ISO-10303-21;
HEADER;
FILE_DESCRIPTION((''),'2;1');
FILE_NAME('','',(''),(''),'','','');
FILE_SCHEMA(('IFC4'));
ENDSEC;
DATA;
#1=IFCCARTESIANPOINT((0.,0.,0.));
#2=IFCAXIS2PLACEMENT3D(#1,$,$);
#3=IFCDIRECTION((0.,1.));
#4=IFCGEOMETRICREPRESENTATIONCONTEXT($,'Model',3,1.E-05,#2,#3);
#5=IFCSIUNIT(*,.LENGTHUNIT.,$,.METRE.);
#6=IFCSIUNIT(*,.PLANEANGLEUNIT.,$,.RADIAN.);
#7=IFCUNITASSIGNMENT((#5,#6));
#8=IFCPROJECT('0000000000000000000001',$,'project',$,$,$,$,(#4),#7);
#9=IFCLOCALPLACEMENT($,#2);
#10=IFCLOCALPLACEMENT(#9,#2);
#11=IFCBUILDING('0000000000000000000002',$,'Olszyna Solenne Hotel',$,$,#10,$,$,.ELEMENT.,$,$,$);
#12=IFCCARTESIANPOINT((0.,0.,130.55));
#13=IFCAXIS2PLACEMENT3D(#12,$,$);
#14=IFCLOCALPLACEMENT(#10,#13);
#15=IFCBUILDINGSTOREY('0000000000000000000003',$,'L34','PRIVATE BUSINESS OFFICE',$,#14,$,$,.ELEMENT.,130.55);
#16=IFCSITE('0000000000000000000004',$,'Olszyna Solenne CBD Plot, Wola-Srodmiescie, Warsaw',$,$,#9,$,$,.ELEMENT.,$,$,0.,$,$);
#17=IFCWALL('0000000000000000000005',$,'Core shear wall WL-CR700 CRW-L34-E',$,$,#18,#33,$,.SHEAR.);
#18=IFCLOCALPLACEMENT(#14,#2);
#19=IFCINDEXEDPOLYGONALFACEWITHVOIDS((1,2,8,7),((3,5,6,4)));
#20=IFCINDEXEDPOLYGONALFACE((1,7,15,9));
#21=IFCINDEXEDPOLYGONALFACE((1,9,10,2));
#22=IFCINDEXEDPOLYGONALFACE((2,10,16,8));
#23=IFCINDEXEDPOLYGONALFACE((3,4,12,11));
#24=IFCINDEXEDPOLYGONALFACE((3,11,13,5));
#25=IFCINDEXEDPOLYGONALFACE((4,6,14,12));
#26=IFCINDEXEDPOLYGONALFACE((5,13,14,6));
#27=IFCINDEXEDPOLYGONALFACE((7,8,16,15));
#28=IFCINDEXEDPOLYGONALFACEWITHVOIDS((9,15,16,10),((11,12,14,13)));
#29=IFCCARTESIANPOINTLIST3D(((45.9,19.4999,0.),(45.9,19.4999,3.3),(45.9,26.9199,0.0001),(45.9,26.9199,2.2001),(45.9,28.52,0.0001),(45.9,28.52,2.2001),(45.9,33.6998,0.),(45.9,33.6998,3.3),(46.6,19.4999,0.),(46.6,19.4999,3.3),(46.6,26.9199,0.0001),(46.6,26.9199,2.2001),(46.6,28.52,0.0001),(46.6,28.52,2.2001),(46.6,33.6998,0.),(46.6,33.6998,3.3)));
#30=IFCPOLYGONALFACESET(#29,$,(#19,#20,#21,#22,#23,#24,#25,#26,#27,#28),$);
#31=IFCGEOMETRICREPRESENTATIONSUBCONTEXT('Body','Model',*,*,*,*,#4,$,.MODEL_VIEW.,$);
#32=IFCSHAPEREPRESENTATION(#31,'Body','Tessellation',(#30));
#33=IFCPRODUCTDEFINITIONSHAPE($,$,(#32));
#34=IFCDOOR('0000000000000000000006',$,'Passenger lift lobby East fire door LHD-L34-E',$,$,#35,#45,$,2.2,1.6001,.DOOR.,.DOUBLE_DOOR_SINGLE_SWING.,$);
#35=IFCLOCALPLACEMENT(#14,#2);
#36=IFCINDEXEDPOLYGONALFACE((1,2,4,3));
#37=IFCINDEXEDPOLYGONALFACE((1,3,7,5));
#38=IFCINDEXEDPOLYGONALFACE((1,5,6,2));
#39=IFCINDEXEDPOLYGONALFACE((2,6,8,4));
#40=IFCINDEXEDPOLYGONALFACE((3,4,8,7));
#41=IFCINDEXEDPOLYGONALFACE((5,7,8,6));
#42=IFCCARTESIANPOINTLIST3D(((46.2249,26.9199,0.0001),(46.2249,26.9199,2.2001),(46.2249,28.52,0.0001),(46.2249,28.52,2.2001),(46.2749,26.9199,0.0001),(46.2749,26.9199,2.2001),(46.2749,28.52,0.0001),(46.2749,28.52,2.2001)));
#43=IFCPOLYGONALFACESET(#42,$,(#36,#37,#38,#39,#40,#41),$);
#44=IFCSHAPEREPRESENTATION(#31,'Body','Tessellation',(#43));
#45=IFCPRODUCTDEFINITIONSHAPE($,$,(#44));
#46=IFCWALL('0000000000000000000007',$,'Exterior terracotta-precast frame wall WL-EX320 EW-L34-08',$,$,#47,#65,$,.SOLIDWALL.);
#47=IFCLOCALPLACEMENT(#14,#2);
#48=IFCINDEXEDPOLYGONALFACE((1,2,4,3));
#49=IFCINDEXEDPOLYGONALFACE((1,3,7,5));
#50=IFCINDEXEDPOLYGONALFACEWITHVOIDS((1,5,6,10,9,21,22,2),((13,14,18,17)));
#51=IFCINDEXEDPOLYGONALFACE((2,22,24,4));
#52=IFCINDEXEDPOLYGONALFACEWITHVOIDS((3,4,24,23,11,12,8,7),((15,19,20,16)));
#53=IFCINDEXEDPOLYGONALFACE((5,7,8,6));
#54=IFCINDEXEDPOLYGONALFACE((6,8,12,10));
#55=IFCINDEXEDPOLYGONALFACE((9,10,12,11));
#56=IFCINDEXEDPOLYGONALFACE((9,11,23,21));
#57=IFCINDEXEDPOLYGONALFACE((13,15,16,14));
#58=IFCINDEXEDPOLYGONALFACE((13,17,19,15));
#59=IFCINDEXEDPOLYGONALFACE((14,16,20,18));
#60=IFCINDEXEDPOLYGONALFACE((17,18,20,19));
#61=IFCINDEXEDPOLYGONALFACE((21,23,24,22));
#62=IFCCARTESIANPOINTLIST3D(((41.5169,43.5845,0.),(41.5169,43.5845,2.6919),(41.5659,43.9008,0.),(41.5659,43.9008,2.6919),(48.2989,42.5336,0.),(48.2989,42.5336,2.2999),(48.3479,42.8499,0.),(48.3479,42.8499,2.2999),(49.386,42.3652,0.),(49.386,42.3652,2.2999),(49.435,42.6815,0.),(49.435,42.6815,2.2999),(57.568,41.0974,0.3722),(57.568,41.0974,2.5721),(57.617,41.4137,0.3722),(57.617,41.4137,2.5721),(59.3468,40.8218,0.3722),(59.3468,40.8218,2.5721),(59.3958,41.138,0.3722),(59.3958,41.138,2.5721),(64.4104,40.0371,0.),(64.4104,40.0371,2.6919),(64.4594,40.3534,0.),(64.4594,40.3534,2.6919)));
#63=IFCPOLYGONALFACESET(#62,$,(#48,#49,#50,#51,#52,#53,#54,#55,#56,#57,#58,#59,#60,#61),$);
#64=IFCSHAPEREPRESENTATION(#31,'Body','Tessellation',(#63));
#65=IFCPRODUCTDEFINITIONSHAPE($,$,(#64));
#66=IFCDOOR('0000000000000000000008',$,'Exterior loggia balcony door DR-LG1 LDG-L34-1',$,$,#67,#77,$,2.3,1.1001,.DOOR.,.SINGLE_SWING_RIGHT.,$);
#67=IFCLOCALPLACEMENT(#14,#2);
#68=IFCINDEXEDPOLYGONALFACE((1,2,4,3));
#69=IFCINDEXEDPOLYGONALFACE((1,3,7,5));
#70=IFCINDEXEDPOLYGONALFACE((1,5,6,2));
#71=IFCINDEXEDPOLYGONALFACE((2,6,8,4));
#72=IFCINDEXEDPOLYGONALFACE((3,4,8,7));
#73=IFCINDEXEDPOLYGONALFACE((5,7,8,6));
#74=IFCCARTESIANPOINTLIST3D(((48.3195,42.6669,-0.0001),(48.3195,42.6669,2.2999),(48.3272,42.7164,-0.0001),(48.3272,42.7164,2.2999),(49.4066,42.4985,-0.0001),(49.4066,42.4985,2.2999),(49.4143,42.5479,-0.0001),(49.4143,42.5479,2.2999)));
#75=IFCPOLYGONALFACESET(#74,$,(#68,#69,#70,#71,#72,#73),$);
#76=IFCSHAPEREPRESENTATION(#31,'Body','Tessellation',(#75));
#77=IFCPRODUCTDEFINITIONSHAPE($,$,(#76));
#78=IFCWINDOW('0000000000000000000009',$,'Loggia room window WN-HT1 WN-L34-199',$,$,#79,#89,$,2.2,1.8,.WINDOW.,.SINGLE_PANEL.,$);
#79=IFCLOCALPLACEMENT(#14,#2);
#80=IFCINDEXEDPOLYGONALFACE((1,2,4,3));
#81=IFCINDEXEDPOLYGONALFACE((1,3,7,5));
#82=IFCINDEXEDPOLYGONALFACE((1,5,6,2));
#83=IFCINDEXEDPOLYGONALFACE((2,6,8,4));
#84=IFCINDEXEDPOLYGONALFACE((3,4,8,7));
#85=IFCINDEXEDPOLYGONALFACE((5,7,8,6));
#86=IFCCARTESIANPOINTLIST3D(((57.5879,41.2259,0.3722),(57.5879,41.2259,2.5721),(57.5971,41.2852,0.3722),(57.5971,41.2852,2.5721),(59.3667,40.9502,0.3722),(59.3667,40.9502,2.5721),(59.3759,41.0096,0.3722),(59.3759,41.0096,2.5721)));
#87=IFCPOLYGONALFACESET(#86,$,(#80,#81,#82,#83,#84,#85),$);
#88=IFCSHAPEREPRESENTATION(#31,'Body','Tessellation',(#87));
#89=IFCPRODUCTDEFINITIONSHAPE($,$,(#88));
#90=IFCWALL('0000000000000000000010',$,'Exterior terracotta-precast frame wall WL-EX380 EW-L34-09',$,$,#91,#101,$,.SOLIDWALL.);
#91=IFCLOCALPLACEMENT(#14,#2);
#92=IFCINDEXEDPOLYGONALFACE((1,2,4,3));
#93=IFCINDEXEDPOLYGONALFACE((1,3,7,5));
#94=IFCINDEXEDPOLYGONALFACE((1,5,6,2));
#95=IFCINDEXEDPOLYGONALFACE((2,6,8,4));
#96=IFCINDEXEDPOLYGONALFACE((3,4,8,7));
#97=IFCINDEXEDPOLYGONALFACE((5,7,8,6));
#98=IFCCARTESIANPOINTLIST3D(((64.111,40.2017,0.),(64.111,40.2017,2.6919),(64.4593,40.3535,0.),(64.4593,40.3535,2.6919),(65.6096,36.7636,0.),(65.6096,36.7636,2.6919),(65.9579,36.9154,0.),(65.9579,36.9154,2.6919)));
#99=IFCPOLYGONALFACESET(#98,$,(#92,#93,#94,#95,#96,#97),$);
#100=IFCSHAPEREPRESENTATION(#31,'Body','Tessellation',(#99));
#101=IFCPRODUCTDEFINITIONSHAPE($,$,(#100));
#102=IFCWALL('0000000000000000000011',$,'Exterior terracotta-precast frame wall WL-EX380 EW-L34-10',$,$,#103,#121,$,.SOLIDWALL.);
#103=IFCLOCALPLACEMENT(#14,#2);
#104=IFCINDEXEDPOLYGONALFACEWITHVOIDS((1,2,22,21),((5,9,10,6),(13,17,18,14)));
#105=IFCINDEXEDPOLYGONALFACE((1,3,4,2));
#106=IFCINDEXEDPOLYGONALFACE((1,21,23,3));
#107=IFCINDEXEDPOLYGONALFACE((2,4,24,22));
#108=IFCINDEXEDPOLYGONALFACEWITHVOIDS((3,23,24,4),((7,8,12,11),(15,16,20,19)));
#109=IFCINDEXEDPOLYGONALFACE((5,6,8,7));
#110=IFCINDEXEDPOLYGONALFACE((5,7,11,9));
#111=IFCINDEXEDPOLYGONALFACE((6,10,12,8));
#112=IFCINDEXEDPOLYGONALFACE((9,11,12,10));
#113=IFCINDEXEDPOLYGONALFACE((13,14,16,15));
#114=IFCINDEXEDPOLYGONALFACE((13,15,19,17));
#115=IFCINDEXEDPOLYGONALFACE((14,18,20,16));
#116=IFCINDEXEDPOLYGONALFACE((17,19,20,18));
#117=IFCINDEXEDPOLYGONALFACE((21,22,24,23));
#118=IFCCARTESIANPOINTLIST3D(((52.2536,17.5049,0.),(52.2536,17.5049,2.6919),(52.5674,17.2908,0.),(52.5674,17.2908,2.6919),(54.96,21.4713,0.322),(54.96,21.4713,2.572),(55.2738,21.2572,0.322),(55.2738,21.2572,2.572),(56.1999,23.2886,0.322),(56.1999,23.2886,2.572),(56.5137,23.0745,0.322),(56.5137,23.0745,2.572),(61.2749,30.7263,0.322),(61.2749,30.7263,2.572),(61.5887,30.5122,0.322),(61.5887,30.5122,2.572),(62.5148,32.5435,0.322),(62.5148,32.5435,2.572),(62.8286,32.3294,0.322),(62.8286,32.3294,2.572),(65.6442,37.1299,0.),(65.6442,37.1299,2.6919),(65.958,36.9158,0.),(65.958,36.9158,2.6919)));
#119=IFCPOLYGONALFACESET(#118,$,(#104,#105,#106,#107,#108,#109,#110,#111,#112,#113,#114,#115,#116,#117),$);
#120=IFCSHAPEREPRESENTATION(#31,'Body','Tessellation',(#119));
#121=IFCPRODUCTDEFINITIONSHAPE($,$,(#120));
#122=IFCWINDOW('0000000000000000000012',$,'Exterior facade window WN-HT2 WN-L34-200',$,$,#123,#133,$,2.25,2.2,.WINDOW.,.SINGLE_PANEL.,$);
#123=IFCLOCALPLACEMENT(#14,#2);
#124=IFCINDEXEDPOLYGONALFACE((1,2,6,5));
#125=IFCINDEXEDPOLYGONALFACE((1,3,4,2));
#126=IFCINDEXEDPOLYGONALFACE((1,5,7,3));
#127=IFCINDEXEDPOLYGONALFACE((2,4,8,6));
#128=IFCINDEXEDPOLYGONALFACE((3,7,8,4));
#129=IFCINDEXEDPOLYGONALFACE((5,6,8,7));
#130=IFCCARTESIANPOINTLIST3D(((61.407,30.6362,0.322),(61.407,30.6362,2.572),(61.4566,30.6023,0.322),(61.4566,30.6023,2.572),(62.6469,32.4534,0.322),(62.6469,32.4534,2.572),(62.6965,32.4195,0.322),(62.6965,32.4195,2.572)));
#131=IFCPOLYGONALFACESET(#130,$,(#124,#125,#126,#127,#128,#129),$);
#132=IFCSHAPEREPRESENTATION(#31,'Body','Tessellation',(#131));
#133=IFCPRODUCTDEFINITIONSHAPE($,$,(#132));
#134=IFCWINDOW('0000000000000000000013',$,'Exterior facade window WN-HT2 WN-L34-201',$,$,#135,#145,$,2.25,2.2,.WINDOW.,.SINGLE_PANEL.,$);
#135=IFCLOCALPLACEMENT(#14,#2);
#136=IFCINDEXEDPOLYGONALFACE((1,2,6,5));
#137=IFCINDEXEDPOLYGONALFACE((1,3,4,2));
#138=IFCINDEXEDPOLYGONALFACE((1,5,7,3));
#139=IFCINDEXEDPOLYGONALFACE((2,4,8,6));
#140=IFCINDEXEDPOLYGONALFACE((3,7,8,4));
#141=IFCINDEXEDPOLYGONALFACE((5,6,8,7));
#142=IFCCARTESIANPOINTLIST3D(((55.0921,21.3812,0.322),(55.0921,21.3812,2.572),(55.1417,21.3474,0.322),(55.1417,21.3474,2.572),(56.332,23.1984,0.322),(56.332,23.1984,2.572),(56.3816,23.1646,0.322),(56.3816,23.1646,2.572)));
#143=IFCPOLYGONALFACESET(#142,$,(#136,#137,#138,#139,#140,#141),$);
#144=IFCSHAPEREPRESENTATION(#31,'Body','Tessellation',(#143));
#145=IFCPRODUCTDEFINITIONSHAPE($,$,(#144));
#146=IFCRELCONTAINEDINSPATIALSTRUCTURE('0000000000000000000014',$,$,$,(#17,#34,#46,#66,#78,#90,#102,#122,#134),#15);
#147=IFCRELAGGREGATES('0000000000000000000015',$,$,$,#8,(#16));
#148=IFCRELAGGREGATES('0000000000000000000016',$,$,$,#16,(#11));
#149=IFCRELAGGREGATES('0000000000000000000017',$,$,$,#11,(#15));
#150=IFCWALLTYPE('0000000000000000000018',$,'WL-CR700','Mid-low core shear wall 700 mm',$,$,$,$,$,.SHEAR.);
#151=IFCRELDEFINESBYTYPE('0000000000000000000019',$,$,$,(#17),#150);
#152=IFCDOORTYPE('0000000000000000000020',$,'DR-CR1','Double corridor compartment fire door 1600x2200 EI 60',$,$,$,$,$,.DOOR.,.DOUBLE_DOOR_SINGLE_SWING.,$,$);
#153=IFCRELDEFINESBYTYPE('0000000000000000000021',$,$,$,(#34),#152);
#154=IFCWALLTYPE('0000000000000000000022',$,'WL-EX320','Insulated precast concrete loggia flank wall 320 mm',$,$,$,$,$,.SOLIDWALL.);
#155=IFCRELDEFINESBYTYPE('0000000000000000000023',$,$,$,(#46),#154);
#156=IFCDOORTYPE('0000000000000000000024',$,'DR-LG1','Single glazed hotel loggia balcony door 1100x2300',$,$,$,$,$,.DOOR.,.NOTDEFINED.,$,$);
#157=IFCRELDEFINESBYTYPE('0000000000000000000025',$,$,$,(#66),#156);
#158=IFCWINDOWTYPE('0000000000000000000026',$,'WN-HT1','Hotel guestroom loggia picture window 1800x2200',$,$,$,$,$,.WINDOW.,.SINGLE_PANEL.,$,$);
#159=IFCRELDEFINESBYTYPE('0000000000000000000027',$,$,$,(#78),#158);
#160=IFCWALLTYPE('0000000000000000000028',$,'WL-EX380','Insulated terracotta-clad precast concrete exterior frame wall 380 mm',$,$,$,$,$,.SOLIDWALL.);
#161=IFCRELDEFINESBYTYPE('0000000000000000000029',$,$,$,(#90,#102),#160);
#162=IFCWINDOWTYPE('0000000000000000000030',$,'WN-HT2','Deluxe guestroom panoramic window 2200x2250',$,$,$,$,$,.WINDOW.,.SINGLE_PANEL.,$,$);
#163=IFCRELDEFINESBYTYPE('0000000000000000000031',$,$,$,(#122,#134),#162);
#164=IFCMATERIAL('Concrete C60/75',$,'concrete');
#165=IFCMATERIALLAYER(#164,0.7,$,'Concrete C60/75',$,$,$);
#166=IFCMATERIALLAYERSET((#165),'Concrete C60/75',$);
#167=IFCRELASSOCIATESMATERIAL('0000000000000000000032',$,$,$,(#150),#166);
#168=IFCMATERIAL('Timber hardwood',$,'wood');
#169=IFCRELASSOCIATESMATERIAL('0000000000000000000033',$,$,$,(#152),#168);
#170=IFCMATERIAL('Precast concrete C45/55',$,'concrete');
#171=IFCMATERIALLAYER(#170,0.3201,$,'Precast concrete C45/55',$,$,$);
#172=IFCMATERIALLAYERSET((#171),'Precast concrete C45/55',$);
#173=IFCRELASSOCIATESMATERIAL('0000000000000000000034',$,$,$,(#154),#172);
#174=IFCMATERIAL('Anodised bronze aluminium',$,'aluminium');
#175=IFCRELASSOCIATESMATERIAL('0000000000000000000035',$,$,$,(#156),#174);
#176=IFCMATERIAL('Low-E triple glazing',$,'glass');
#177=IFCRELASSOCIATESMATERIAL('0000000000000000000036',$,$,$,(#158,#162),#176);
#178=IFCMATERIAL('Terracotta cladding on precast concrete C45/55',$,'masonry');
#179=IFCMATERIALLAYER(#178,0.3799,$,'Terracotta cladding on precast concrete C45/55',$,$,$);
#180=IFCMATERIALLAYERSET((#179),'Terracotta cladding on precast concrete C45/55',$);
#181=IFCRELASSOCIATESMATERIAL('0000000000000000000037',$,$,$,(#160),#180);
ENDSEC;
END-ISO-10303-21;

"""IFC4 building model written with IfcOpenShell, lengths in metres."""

from ifc_helpers import new_model, si_unit, direction, frame, frame_2d, origin, place, context, subcontext, project, spatial, rectangle, extrude, source, transform, mapped, material, layer, layer_set, type_object, type_shapes, element, fill, save


model = new_model("IFC4")

# Units and contexts
model_context = context("Model", 3, precision=1e-05, world=origin(), true_north=direction((0.0, 1.0)))
body_context = subcontext(model_context, "Body", "Model", "MODEL_VIEW")
ifc_project = project(units=[si_unit("LENGTHUNIT", "METRE"), si_unit("PLANEANGLEUNIT", "RADIAN")], contexts=[model_context])

# Site, building, storey
site_placement = place(None, origin())
site = spatial("IfcSite", under=ifc_project, at=site_placement, Name="Olszyna Solenne CBD Plot, Wola-Srodmiescie, Warsaw", CompositionType="ELEMENT", RefElevation=0.0)
building_placement = place(site_placement, origin())
building = spatial("IfcBuilding", under=site, at=building_placement, Name="Olszyna Solenne Hotel", CompositionType="ELEMENT")
storey_placement = place(building_placement, frame((0.0, 0.0, 130.55)))
storey = spatial("IfcBuildingStorey", under=building, at=storey_placement, Name="L34", Description="PRIVATE BUSINESS OFFICE", CompositionType="ELEMENT", Elevation=130.55)

# Shared definitions
ifc_material_1 = material(Name="Anodised bronze aluminium", Category="aluminium")

# Wall, opening, door
ifc_material_2 = material(Name="Concrete C60/75", Category="concrete")
ifc_layer_1 = layer(ifc_material_2, 0.7, Name="Concrete C60/75")
ifc_layer_set_1 = layer_set([ifc_layer_1], Name="Concrete C60/75")
wall_type_1 = type_object("IfcWallType", Name="WL-CR700", Description="Mid-low core shear wall 700 mm", PredefinedType="SHEAR", material=ifc_layer_set_1)
wall_1_placement = place(storey_placement, frame((46.25, 33.7, 0.0), z_axis=(0.0, 0.0, 1.0), x_axis=(0.0, -1.0, 0.0)))
wall_1 = element("IfcWall", 1, at=wall_1_placement, inside=storey, type_object=wall_type_1, Name="Core shear wall WL-CR700 CRW-L34-E", PredefinedType="SHEAR", context=body_context, shape_type="SweptSolid", body=[
    extrude(rectangle(XDim=14.2, YDim=0.7, at=frame_2d((7.1001, 0.0))), origin(), (0.0, 0.0, 1.0), 3.3),
])
opening_1_placement = place(wall_1_placement, frame((5.1799, 0.0, 0.0)))
opening_1 = element("IfcOpeningElement", 2, at=opening_1_placement, cuts=wall_1, PredefinedType="OPENING", context=body_context, shape_type="SweptSolid", body=[
    extrude(rectangle(XDim=1.6001, YDim=2.2, at=frame_2d((0.8, 1.1001))), frame((0.0, 0.3599, 0.0), z_axis=(0.0, -1.0, 0.0), x_axis=(1.0, 0.0, 0.0)), (0.0, 0.0, 1.0), 0.72),
])
ifc_material_3 = material(Name="Timber hardwood", Category="wood")
door_type_1 = type_object("IfcDoorType", Name="DR-CR1", Description="Double corridor compartment fire door 1600x2200 EI 60", OperationType="DOUBLE_DOOR_SINGLE_SWING", PredefinedType="DOOR", material=ifc_material_3)
shared_shape_1 = source(origin(), body_context, "Body", "SweptSolid", [
    extrude(rectangle(XDim=1.6001, YDim=2.2, at=frame_2d((0.8, 1.1001))), frame((0.0, 0.0249, 0.0), z_axis=(0.0, -1.0, 0.0), x_axis=(1.0, 0.0, 0.0)), (0.0, 0.0, 1.0), 0.05),
])
type_shapes(door_type_1, [shared_shape_1])
door_1_placement = place(opening_1_placement, origin())
door_1 = element("IfcDoor", 3, at=door_1_placement, inside=storey, type_object=door_type_1, Name="Passenger lift lobby East fire door LHD-L34-E", OperationType="DOUBLE_DOOR_SINGLE_SWING", OverallHeight=2.2, OverallWidth=1.6001, PredefinedType="DOOR", context=body_context, shape_type="MappedRepresentation", body=[
    mapped(shared_shape_1, transform((0.0, 0.0, 0.0), x_axis=(1.0, 0.0, 0.0), y_axis=(0.0, 1.0, 0.0), z_axis=(0.0, 0.0, 1.0), scale=1.0)),
])
fill(opening_1, door_1)

# Wall, openings, door, window
ifc_material_4 = material(Name="Precast concrete C45/55", Category="concrete")
ifc_layer_2 = layer(ifc_material_4, 0.3201, Name="Precast concrete C45/55")
ifc_layer_set_2 = layer_set([ifc_layer_2], Name="Precast concrete C45/55")
wall_type_2 = type_object("IfcWallType", Name="WL-EX320", Description="Insulated precast concrete loggia flank wall 320 mm", PredefinedType="SOLIDWALL", material=ifc_layer_set_2)
wall_2_placement = place(storey_placement, frame((41.5413, 43.7427, 0.0), z_axis=(0.0, 0.0, 1.0), x_axis=(0.988207, -0.153123, 0.0)))
wall_2 = element("IfcWall", 4, at=wall_2_placement, inside=storey, type_object=wall_type_2, Name="Exterior terracotta-precast frame wall WL-EX320 EW-L34-08", PredefinedType="SOLIDWALL", context=body_context, shape_type="SweptSolid", body=[
    extrude(rectangle(XDim=23.1667, YDim=0.3201, at=frame_2d((11.5835, 0.0))), origin(), (0.0, 0.0, 1.0), 2.6919),
])
opening_2_placement = place(wall_2_placement, frame((6.863, 0.0, 0.0)))
opening_2 = element("IfcOpeningElement", 5, at=opening_2_placement, cuts=wall_2, PredefinedType="OPENING", context=body_context, shape_type="SweptSolid", body=[
    extrude(rectangle(XDim=1.1001, YDim=2.3, at=frame_2d((0.55, 1.1499))), frame((0.0, 0.1699, 0.0), z_axis=(0.0, -1.0, 0.0), x_axis=(1.0, 0.0, 0.0)), (0.0, 0.0, 1.0), 0.3401),
])
opening_3_placement = place(wall_2_placement, frame((16.2429, 0.0, 0.3721)))
opening_3 = element("IfcOpeningElement", 6, at=opening_3_placement, cuts=wall_2, PredefinedType="OPENING", context=body_context, shape_type="SweptSolid", body=[
    extrude(rectangle(XDim=1.8, YDim=2.2, at=frame_2d((0.8999, 1.1001))), frame((0.0, 0.1699, 0.0), z_axis=(0.0, -1.0, 0.0), x_axis=(1.0, 0.0, 0.0)), (0.0, 0.0, 1.0), 0.3401),
])
door_type_2 = type_object("IfcDoorType", Name="DR-LG1", Description="Single glazed hotel loggia balcony door 1100x2300", OperationType="NOTDEFINED", PredefinedType="DOOR", material=ifc_material_1)
shared_shape_2 = source(origin(), body_context, "Body", "SweptSolid", [
    extrude(rectangle(XDim=1.1001, YDim=2.3, at=frame_2d((0.55, 1.1499))), frame((0.0, 0.0249, 0.0), z_axis=(0.0, -1.0, 0.0), x_axis=(1.0, 0.0, 0.0)), (0.0, 0.0, 1.0), 0.05),
])
type_shapes(door_type_2, [shared_shape_2])
door_2_placement = place(opening_2_placement, origin())
door_2 = element("IfcDoor", 7, at=door_2_placement, inside=storey, type_object=door_type_2, Name="Exterior loggia balcony door DR-LG1 LDG-L34-1", OperationType="SINGLE_SWING_RIGHT", OverallHeight=2.3, OverallWidth=1.1001, PredefinedType="DOOR", context=body_context, shape_type="MappedRepresentation", body=[
    mapped(shared_shape_2, transform((0.0, 0.0, 0.0), x_axis=(1.0, 0.0, 0.0), y_axis=(0.0, 1.0, 0.0), z_axis=(0.0, 0.0, 1.0), scale=1.0)),
])
fill(opening_2, door_2)
ifc_material_5 = material(Name="Low-E triple glazing", Category="glass")
window_type_1 = type_object("IfcWindowType", Name="WN-HT1", Description="Hotel guestroom loggia picture window 1800x2200", PartitioningType="SINGLE_PANEL", PredefinedType="WINDOW", material=ifc_material_5)
shared_shape_3 = source(origin(), body_context, "Body", "SweptSolid", [
    extrude(rectangle(XDim=1.8, YDim=2.2, at=frame_2d((0.8999, 1.1001))), frame((0.0, 0.03, 0.0), z_axis=(0.0, -1.0, 0.0), x_axis=(1.0, 0.0, 0.0)), (0.0, 0.0, 1.0), 0.0601),
])
type_shapes(window_type_1, [shared_shape_3])
window_1_placement = place(opening_3_placement, origin())
window_1 = element("IfcWindow", 8, at=window_1_placement, inside=storey, type_object=window_type_1, Name="Loggia room window WN-HT1 WN-L34-199", OverallHeight=2.2, OverallWidth=1.8, PartitioningType="SINGLE_PANEL", PredefinedType="WINDOW", context=body_context, shape_type="MappedRepresentation", body=[
    mapped(shared_shape_3, transform((0.0, 0.0, 0.0), x_axis=(1.0, 0.0, 0.0), y_axis=(0.0, 1.0, 0.0), z_axis=(0.0, 0.0, 1.0), scale=1.0)),
])
fill(opening_3, window_1)

# Wall
ifc_material_6 = material(Name="Terracotta cladding on precast concrete C45/55", Category="masonry")
ifc_layer_3 = layer(ifc_material_6, 0.3799, Name="Terracotta cladding on precast concrete C45/55")
ifc_layer_set_3 = layer_set([ifc_layer_3], Name="Terracotta cladding on precast concrete C45/55")
wall_type_3 = type_object("IfcWallType", Name="WL-EX380", Description="Insulated terracotta-clad precast concrete exterior frame wall 380 mm", PredefinedType="SOLIDWALL", material=ifc_layer_set_3)
wall_3_placement = place(storey_placement, frame((64.2852, 40.2776, 0.0), z_axis=(0.0, 0.0, 1.0), x_axis=(0.399569, -0.916703, 0.0)))
element("IfcWall", 9, at=wall_3_placement, inside=storey, type_object=wall_type_3, Name="Exterior terracotta-precast frame wall WL-EX380 EW-L34-09", PredefinedType="SOLIDWALL", context=body_context, shape_type="SweptSolid", body=[
    extrude(rectangle(XDim=3.7505, YDim=0.3799, at=frame_2d((1.8752, 0.0))), origin(), (0.0, 0.0, 1.0), 2.6919),
])

# Wall, openings, windows
wall_4_placement = place(storey_placement, frame((65.801, 37.0227, 0.0), z_axis=(0.0, 0.0, 1.0), x_axis=(-0.563622, -0.826032, 0.0)))
wall_4 = element("IfcWall", 10, at=wall_4_placement, inside=storey, type_object=wall_type_3, Name="Exterior terracotta-precast frame wall WL-EX380 EW-L34-10", PredefinedType="SOLIDWALL", context=body_context, shape_type="SweptSolid", body=[
    extrude(rectangle(XDim=23.7581, YDim=0.3799, at=frame_2d((11.8789, 0.0))), origin(), (0.0, 0.0, 1.0), 2.6919),
])
opening_4_placement = place(wall_4_placement, frame((5.552, 0.0, 0.322)))
opening_4 = element("IfcOpeningElement", 11, at=opening_4_placement, cuts=wall_4, PredefinedType="OPENING", context=body_context, shape_type="SweptSolid", body=[
    extrude(rectangle(XDim=2.2, YDim=2.25, at=frame_2d((1.1001, 1.125))), frame((0.0, 0.2, 0.0), z_axis=(0.0, -1.0, 0.0), x_axis=(1.0, 0.0, 0.0)), (0.0, 0.0, 1.0), 0.3999),
])
opening_5_placement = place(wall_4_placement, frame((16.7561, 0.0, 0.322)))
opening_5 = element("IfcOpeningElement", 12, at=opening_5_placement, cuts=wall_4, PredefinedType="OPENING", context=body_context, shape_type="SweptSolid", body=[
    extrude(rectangle(XDim=2.2, YDim=2.25, at=frame_2d((1.1001, 1.125))), frame((0.0, 0.2, 0.0), z_axis=(0.0, -1.0, 0.0), x_axis=(1.0, 0.0, 0.0)), (0.0, 0.0, 1.0), 0.3999),
])
window_type_2 = type_object("IfcWindowType", Name="WN-HT2", Description="Deluxe guestroom panoramic window 2200x2250", PartitioningType="SINGLE_PANEL", PredefinedType="WINDOW", material=ifc_material_5)
shared_shape_4 = source(origin(), body_context, "Body", "SweptSolid", [
    extrude(rectangle(XDim=2.2, YDim=2.25, at=frame_2d((1.1001, 1.125))), frame((0.0, 0.03, 0.0), z_axis=(0.0, -1.0, 0.0), x_axis=(1.0, 0.0, 0.0)), (0.0, 0.0, 1.0), 0.0601),
])
type_shapes(window_type_2, [shared_shape_4])
window_2_placement = place(opening_4_placement, origin())
window_2 = element("IfcWindow", 13, at=window_2_placement, inside=storey, type_object=window_type_2, Name="Exterior facade window WN-HT2 WN-L34-200", OverallHeight=2.25, OverallWidth=2.2, PartitioningType="SINGLE_PANEL", PredefinedType="WINDOW", context=body_context, shape_type="MappedRepresentation", body=[
    mapped(shared_shape_4, transform((0.0, 0.0, 0.0), x_axis=(1.0, 0.0, 0.0), y_axis=(0.0, 1.0, 0.0), z_axis=(0.0, 0.0, 1.0), scale=1.0)),
])
fill(opening_4, window_2)
window_3_placement = place(opening_5_placement, origin())
window_3 = element("IfcWindow", 14, at=window_3_placement, inside=storey, type_object=window_type_2, Name="Exterior facade window WN-HT2 WN-L34-201", OverallHeight=2.25, OverallWidth=2.2, PartitioningType="SINGLE_PANEL", PredefinedType="WINDOW", context=body_context, shape_type="MappedRepresentation", body=[
    mapped(shared_shape_4, transform((0.0, 0.0, 0.0), x_axis=(1.0, 0.0, 0.0), y_axis=(0.0, 1.0, 0.0), z_axis=(0.0, 0.0, 1.0), scale=1.0)),
])
fill(opening_5, window_3)

save(model, "model.ifc")
